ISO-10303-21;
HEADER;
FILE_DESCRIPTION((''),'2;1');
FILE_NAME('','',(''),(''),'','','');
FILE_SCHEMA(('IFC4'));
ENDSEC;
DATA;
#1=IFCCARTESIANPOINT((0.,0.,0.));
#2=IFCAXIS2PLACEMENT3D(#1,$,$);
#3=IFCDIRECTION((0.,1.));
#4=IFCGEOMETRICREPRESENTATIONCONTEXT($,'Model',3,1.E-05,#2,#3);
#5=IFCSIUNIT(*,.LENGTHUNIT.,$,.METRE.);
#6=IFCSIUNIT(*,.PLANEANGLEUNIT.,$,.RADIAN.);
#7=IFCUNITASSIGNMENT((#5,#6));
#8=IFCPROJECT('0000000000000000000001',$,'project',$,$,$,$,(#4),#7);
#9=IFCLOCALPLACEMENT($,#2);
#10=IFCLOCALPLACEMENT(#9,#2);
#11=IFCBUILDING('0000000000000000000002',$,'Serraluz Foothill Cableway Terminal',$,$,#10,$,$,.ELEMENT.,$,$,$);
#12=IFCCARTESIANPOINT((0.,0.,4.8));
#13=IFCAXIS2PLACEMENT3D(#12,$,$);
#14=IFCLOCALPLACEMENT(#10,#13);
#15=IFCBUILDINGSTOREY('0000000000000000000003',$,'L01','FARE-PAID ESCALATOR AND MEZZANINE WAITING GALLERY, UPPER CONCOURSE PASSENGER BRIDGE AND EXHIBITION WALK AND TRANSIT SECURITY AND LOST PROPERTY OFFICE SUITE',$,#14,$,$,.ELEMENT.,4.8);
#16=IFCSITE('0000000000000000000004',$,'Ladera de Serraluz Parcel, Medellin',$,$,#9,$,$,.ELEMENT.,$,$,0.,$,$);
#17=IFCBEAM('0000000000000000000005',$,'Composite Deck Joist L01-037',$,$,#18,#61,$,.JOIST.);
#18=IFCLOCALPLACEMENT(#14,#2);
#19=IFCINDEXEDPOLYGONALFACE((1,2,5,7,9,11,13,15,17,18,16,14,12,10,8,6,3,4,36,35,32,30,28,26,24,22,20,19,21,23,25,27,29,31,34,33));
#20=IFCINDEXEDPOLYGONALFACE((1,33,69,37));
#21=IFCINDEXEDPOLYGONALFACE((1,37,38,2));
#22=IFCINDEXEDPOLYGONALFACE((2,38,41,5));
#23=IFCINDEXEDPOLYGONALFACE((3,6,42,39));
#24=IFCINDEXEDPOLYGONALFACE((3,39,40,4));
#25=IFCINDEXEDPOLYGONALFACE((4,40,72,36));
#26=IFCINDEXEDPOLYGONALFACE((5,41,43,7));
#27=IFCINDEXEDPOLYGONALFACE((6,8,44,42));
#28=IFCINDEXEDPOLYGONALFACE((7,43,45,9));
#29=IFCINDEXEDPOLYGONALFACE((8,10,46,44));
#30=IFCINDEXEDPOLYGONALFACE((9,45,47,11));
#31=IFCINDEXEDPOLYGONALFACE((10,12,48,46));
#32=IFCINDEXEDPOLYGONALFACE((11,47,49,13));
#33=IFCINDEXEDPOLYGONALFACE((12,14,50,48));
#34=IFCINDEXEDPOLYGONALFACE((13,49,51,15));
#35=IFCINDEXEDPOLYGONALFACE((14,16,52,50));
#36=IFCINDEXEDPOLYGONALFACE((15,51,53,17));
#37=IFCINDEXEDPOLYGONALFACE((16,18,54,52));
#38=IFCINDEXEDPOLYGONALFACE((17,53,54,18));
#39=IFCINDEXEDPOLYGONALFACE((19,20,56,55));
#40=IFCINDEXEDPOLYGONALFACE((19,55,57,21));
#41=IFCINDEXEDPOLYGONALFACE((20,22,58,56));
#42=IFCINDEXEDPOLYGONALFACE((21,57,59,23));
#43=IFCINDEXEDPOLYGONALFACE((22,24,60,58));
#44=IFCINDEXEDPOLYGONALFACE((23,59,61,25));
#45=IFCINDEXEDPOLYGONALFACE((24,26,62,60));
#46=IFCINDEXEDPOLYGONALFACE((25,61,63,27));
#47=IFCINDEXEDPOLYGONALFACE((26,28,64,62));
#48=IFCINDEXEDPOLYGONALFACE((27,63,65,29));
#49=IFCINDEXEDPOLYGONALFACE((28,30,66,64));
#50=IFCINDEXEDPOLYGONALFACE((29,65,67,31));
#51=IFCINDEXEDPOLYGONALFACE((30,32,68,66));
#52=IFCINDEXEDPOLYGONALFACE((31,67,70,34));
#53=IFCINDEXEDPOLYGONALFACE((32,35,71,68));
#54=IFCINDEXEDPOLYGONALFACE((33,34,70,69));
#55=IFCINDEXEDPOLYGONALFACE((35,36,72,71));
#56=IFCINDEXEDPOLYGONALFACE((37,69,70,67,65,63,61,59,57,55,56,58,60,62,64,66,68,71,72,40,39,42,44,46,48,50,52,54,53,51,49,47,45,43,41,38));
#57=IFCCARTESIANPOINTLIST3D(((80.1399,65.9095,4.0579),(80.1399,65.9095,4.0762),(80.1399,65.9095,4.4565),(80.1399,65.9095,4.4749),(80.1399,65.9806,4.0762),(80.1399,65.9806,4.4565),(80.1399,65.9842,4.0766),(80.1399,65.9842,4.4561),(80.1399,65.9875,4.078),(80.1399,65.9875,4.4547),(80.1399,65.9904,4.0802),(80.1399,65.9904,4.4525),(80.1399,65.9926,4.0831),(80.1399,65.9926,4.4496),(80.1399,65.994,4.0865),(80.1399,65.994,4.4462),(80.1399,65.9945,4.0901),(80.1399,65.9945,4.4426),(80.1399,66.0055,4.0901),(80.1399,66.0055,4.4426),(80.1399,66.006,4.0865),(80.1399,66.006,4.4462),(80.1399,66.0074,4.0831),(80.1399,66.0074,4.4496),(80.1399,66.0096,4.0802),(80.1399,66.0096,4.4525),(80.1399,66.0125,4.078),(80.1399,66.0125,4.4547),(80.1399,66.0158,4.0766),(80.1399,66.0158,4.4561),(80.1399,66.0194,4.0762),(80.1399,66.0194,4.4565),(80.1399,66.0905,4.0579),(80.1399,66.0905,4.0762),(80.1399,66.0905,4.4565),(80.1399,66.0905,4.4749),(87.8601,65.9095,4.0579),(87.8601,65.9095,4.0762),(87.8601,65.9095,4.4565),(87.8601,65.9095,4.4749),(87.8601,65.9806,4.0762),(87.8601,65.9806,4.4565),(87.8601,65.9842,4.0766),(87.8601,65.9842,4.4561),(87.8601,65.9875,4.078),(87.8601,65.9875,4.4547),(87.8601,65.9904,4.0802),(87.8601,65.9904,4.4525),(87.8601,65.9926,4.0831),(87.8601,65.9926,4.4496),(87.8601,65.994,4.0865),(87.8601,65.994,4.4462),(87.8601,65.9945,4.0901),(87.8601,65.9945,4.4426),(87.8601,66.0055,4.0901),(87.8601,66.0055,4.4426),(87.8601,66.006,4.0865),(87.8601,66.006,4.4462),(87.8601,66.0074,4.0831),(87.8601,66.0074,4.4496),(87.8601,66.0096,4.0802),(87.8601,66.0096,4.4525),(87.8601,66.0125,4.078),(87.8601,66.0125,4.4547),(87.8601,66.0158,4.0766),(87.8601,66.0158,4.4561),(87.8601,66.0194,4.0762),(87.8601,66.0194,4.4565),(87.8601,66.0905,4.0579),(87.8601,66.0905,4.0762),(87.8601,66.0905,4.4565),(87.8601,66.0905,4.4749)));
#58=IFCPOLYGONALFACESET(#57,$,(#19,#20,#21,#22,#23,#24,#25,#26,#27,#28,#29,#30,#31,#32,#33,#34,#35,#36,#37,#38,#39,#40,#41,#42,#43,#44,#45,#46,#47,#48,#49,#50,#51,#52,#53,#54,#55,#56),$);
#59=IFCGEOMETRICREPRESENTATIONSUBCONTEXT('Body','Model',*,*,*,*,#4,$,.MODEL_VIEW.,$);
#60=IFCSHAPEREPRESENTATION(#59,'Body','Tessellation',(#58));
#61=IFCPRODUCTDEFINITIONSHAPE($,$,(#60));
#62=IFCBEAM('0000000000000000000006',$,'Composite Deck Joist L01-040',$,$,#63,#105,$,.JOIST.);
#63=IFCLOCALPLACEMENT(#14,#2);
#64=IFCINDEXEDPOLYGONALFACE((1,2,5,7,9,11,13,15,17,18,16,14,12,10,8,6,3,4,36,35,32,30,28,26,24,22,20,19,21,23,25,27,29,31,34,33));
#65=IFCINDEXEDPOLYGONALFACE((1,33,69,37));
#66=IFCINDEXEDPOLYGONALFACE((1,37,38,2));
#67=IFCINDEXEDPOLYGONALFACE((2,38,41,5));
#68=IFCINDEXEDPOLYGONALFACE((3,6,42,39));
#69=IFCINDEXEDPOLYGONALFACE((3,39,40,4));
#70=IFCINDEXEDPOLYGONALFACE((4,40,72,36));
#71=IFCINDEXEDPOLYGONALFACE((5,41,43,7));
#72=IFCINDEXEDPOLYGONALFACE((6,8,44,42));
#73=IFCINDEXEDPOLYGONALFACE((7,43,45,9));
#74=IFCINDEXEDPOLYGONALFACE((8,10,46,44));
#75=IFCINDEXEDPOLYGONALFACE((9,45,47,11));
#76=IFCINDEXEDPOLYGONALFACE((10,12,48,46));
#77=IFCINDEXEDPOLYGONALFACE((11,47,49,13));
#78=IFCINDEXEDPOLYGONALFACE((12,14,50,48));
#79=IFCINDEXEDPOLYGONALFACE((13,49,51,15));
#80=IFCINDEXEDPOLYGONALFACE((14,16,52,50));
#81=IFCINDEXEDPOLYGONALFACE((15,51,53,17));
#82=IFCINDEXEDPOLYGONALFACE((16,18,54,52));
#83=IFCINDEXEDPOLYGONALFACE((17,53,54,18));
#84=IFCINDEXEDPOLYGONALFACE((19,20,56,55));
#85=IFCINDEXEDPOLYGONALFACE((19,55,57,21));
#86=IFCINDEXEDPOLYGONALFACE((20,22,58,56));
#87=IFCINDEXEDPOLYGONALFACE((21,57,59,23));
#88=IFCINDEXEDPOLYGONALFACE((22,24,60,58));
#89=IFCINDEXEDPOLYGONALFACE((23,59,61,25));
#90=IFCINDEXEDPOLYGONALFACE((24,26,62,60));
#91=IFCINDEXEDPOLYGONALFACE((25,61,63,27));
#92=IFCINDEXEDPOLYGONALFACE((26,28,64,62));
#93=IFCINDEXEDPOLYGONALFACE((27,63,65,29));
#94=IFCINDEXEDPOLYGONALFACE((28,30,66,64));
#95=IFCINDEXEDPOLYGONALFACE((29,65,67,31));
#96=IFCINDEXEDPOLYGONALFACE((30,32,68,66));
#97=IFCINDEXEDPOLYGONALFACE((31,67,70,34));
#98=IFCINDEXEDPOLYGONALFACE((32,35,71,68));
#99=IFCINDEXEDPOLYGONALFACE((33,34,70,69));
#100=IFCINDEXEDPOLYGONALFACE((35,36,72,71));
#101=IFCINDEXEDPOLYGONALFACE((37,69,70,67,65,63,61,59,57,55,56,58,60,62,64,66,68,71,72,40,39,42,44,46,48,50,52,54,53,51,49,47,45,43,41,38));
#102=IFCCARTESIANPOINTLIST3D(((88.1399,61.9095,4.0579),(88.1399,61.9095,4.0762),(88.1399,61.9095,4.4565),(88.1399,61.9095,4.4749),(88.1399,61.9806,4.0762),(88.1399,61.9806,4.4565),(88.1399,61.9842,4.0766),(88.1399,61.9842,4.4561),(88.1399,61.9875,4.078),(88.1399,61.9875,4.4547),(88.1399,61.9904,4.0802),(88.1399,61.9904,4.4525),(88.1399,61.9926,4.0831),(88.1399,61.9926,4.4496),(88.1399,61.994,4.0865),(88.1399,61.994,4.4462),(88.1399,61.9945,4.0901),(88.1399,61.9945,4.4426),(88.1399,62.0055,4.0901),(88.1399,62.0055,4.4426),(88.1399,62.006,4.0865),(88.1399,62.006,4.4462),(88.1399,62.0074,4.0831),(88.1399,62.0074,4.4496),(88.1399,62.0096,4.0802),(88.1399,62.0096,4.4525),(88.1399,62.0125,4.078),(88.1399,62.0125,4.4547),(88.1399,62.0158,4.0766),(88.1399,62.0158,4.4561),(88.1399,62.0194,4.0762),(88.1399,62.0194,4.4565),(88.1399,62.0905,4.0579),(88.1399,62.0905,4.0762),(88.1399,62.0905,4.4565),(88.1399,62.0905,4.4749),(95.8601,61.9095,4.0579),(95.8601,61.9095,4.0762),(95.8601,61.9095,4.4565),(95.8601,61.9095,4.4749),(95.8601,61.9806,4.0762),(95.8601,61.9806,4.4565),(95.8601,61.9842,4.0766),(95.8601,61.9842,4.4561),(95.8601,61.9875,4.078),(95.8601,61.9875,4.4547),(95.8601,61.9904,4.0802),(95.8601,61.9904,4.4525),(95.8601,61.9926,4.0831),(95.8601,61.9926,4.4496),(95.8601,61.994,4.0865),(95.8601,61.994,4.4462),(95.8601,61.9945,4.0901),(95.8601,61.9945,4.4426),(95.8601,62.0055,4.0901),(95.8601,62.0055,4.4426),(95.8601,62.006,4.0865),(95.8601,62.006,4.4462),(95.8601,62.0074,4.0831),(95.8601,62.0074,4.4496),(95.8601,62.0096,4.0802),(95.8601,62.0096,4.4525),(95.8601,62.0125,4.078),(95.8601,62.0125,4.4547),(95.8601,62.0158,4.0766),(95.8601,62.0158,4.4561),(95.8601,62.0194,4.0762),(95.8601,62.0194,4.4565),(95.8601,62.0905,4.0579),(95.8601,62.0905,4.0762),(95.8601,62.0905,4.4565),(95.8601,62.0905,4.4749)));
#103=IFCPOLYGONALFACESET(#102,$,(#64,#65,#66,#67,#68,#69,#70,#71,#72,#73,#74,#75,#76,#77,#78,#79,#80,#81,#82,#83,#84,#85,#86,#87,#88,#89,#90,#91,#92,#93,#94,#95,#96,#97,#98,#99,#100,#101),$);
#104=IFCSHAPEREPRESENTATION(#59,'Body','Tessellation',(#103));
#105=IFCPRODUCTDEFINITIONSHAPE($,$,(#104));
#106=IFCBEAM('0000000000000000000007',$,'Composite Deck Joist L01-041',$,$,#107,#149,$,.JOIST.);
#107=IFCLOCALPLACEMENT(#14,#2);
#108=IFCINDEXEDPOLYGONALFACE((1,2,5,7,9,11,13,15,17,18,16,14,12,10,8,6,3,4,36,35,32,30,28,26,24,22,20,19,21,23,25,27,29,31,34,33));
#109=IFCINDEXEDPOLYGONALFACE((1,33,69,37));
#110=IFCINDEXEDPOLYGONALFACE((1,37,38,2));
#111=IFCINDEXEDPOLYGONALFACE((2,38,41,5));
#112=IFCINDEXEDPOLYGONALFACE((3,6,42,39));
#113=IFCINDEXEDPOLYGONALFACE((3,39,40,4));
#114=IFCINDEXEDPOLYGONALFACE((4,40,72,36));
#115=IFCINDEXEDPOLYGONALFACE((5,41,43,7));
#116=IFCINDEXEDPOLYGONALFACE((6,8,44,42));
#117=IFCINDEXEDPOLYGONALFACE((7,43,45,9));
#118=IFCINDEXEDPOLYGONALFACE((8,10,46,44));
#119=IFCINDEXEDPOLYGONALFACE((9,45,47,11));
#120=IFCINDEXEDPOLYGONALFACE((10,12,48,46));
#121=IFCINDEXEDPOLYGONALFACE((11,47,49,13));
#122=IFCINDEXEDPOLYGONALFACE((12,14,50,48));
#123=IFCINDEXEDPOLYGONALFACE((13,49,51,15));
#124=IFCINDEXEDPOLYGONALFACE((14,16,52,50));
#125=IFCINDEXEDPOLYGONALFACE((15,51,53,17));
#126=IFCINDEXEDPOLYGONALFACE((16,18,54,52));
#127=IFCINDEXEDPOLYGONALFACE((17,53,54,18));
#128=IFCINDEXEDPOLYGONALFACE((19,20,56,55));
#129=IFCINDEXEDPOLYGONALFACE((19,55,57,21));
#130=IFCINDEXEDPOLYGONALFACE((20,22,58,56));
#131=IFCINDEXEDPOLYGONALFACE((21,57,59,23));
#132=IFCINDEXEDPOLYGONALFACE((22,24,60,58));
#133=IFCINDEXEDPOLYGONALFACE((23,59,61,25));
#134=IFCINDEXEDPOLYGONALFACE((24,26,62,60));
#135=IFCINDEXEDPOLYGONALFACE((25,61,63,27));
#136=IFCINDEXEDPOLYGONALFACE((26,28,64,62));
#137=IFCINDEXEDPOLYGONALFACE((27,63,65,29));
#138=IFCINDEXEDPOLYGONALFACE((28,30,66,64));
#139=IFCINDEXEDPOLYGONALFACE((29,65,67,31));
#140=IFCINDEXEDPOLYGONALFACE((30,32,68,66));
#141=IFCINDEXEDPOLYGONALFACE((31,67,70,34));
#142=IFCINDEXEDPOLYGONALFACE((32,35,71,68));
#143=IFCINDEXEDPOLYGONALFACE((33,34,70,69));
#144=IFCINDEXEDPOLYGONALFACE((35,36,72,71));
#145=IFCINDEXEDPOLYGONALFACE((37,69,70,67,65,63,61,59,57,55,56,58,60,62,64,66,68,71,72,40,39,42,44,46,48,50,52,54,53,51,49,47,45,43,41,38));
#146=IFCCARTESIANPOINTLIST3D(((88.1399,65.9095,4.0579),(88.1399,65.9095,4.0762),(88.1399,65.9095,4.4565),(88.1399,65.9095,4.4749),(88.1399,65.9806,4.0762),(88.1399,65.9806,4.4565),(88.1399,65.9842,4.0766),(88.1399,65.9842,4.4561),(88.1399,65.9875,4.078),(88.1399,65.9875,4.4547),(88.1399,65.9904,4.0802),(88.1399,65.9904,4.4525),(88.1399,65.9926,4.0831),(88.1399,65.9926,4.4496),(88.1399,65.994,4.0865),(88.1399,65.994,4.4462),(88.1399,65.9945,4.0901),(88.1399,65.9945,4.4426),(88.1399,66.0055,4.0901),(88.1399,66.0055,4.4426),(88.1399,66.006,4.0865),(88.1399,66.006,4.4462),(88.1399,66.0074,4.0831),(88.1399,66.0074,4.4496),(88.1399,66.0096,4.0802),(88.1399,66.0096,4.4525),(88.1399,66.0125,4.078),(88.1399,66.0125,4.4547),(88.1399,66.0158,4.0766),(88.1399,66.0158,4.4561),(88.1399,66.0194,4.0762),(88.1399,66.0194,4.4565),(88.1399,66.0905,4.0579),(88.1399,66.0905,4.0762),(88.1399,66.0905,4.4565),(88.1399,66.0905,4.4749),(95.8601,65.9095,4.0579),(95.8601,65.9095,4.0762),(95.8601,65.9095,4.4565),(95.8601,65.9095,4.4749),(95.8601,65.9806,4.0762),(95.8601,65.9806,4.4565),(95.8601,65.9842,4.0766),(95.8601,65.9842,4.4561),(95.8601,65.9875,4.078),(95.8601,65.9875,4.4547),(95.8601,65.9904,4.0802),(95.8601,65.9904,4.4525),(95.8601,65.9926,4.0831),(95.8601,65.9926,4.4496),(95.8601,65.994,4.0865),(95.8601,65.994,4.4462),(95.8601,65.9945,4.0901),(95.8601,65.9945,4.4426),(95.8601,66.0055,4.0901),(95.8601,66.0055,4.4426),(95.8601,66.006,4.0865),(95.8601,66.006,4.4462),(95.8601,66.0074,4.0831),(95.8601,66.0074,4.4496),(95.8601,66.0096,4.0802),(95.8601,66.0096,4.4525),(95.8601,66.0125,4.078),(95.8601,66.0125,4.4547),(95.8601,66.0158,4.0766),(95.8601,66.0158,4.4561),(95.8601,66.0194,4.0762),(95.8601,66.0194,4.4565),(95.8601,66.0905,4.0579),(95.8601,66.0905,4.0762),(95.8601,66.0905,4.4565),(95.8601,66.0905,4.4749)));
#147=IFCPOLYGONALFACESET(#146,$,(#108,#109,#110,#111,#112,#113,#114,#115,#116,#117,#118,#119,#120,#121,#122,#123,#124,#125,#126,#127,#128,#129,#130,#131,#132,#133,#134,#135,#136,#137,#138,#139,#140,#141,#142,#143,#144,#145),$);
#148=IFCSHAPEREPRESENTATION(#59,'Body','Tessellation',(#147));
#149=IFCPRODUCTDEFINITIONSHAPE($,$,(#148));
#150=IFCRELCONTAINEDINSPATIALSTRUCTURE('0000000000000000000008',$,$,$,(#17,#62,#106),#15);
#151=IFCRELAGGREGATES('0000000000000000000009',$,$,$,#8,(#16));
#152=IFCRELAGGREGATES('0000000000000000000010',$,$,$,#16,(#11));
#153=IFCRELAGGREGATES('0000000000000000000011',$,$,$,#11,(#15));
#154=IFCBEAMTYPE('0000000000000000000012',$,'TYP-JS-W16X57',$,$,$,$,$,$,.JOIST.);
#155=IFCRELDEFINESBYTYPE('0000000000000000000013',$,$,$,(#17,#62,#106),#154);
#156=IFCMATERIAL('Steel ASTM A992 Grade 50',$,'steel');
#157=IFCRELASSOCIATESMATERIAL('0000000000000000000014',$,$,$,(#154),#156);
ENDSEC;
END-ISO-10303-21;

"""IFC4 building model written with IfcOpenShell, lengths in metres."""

from ifc_helpers import new_model, si_unit, direction, frame, origin, origin_2d, place, context, subcontext, project, spatial, i_section, extrude, material, material_profile, profile_set, type_object, element, save


model = new_model("IFC4")

# Units and contexts
model_context = context("Model", 3, precision=1e-05, world=origin(), true_north=direction((0.0, 1.0)))
body_context = subcontext(model_context, "Body", "Model", "MODEL_VIEW")
ifc_project = project(units=[si_unit("LENGTHUNIT", "METRE"), si_unit("PLANEANGLEUNIT", "RADIAN")], contexts=[model_context])

# Site, building, storey
site_placement = place(None, origin())
site = spatial("IfcSite", under=ifc_project, at=site_placement, Name="Ladera de Serraluz Parcel, Medellin", CompositionType="ELEMENT", RefElevation=0.0)
building_placement = place(site_placement, origin())
building = spatial("IfcBuilding", under=site, at=building_placement, Name="Serraluz Foothill Cableway Terminal", CompositionType="ELEMENT")
storey_placement = place(building_placement, frame((0.0, 0.0, 4.8)))
storey = spatial("IfcBuildingStorey", under=building, at=storey_placement, Name="L01", Description="FARE-PAID ESCALATOR AND MEZZANINE WAITING GALLERY, UPPER CONCOURSE PASSENGER BRIDGE AND EXHIBITION WALK AND TRANSIT SECURITY AND LOST PROPERTY OFFICE SUITE", CompositionType="ELEMENT", Elevation=4.8)

# Beams
ifc_material_1 = material(Name="Steel ASTM A992 Grade 50", Category="steel")
ifc_material_profile_1 = material_profile(ifc_material_1, i_section(OverallWidth=0.1809, OverallDepth=0.417, WebThickness=0.011, FlangeThickness=0.0183, FilletRadius=0.0139, at=origin_2d()), Name="W16X57")
ifc_profile_set_1 = profile_set([ifc_material_profile_1], Name="Steel ASTM A992 Grade 50")
beam_type = type_object("IfcBeamType", Name="TYP-JS-W16X57", PredefinedType="JOIST", material=ifc_profile_set_1)
for number, where, z_axis, x_axis, name in (
    (1, (80.1399, 66.0, 4.2664), (1.0, 0.0, 0.0), (0.0, 1.0, 0.0), "Composite Deck Joist L01-037"),
    (2, (88.1399, 62.0, 4.2664), (1.0, 0.0, 0.0), (0.0, 1.0, 0.0), "Composite Deck Joist L01-040"),
    (3, (88.1399, 66.0, 4.2664), (1.0, 0.0, 0.0), (0.0, 1.0, 0.0), "Composite Deck Joist L01-041"),
):
    element("IfcBeam", number, at=place(storey_placement, frame(where, z_axis=z_axis, x_axis=x_axis)), inside=storey, type_object=beam_type, Name=name, PredefinedType="JOIST", context=body_context, shape_type="SweptSolid", body=[
        extrude(i_section(OverallWidth=0.1809, OverallDepth=0.417, WebThickness=0.011, FlangeThickness=0.0183, FilletRadius=0.0139, at=origin_2d()), origin(), (0.0, 0.0, 1.0), 7.7202),
    ])

save(model, "model.ifc")
